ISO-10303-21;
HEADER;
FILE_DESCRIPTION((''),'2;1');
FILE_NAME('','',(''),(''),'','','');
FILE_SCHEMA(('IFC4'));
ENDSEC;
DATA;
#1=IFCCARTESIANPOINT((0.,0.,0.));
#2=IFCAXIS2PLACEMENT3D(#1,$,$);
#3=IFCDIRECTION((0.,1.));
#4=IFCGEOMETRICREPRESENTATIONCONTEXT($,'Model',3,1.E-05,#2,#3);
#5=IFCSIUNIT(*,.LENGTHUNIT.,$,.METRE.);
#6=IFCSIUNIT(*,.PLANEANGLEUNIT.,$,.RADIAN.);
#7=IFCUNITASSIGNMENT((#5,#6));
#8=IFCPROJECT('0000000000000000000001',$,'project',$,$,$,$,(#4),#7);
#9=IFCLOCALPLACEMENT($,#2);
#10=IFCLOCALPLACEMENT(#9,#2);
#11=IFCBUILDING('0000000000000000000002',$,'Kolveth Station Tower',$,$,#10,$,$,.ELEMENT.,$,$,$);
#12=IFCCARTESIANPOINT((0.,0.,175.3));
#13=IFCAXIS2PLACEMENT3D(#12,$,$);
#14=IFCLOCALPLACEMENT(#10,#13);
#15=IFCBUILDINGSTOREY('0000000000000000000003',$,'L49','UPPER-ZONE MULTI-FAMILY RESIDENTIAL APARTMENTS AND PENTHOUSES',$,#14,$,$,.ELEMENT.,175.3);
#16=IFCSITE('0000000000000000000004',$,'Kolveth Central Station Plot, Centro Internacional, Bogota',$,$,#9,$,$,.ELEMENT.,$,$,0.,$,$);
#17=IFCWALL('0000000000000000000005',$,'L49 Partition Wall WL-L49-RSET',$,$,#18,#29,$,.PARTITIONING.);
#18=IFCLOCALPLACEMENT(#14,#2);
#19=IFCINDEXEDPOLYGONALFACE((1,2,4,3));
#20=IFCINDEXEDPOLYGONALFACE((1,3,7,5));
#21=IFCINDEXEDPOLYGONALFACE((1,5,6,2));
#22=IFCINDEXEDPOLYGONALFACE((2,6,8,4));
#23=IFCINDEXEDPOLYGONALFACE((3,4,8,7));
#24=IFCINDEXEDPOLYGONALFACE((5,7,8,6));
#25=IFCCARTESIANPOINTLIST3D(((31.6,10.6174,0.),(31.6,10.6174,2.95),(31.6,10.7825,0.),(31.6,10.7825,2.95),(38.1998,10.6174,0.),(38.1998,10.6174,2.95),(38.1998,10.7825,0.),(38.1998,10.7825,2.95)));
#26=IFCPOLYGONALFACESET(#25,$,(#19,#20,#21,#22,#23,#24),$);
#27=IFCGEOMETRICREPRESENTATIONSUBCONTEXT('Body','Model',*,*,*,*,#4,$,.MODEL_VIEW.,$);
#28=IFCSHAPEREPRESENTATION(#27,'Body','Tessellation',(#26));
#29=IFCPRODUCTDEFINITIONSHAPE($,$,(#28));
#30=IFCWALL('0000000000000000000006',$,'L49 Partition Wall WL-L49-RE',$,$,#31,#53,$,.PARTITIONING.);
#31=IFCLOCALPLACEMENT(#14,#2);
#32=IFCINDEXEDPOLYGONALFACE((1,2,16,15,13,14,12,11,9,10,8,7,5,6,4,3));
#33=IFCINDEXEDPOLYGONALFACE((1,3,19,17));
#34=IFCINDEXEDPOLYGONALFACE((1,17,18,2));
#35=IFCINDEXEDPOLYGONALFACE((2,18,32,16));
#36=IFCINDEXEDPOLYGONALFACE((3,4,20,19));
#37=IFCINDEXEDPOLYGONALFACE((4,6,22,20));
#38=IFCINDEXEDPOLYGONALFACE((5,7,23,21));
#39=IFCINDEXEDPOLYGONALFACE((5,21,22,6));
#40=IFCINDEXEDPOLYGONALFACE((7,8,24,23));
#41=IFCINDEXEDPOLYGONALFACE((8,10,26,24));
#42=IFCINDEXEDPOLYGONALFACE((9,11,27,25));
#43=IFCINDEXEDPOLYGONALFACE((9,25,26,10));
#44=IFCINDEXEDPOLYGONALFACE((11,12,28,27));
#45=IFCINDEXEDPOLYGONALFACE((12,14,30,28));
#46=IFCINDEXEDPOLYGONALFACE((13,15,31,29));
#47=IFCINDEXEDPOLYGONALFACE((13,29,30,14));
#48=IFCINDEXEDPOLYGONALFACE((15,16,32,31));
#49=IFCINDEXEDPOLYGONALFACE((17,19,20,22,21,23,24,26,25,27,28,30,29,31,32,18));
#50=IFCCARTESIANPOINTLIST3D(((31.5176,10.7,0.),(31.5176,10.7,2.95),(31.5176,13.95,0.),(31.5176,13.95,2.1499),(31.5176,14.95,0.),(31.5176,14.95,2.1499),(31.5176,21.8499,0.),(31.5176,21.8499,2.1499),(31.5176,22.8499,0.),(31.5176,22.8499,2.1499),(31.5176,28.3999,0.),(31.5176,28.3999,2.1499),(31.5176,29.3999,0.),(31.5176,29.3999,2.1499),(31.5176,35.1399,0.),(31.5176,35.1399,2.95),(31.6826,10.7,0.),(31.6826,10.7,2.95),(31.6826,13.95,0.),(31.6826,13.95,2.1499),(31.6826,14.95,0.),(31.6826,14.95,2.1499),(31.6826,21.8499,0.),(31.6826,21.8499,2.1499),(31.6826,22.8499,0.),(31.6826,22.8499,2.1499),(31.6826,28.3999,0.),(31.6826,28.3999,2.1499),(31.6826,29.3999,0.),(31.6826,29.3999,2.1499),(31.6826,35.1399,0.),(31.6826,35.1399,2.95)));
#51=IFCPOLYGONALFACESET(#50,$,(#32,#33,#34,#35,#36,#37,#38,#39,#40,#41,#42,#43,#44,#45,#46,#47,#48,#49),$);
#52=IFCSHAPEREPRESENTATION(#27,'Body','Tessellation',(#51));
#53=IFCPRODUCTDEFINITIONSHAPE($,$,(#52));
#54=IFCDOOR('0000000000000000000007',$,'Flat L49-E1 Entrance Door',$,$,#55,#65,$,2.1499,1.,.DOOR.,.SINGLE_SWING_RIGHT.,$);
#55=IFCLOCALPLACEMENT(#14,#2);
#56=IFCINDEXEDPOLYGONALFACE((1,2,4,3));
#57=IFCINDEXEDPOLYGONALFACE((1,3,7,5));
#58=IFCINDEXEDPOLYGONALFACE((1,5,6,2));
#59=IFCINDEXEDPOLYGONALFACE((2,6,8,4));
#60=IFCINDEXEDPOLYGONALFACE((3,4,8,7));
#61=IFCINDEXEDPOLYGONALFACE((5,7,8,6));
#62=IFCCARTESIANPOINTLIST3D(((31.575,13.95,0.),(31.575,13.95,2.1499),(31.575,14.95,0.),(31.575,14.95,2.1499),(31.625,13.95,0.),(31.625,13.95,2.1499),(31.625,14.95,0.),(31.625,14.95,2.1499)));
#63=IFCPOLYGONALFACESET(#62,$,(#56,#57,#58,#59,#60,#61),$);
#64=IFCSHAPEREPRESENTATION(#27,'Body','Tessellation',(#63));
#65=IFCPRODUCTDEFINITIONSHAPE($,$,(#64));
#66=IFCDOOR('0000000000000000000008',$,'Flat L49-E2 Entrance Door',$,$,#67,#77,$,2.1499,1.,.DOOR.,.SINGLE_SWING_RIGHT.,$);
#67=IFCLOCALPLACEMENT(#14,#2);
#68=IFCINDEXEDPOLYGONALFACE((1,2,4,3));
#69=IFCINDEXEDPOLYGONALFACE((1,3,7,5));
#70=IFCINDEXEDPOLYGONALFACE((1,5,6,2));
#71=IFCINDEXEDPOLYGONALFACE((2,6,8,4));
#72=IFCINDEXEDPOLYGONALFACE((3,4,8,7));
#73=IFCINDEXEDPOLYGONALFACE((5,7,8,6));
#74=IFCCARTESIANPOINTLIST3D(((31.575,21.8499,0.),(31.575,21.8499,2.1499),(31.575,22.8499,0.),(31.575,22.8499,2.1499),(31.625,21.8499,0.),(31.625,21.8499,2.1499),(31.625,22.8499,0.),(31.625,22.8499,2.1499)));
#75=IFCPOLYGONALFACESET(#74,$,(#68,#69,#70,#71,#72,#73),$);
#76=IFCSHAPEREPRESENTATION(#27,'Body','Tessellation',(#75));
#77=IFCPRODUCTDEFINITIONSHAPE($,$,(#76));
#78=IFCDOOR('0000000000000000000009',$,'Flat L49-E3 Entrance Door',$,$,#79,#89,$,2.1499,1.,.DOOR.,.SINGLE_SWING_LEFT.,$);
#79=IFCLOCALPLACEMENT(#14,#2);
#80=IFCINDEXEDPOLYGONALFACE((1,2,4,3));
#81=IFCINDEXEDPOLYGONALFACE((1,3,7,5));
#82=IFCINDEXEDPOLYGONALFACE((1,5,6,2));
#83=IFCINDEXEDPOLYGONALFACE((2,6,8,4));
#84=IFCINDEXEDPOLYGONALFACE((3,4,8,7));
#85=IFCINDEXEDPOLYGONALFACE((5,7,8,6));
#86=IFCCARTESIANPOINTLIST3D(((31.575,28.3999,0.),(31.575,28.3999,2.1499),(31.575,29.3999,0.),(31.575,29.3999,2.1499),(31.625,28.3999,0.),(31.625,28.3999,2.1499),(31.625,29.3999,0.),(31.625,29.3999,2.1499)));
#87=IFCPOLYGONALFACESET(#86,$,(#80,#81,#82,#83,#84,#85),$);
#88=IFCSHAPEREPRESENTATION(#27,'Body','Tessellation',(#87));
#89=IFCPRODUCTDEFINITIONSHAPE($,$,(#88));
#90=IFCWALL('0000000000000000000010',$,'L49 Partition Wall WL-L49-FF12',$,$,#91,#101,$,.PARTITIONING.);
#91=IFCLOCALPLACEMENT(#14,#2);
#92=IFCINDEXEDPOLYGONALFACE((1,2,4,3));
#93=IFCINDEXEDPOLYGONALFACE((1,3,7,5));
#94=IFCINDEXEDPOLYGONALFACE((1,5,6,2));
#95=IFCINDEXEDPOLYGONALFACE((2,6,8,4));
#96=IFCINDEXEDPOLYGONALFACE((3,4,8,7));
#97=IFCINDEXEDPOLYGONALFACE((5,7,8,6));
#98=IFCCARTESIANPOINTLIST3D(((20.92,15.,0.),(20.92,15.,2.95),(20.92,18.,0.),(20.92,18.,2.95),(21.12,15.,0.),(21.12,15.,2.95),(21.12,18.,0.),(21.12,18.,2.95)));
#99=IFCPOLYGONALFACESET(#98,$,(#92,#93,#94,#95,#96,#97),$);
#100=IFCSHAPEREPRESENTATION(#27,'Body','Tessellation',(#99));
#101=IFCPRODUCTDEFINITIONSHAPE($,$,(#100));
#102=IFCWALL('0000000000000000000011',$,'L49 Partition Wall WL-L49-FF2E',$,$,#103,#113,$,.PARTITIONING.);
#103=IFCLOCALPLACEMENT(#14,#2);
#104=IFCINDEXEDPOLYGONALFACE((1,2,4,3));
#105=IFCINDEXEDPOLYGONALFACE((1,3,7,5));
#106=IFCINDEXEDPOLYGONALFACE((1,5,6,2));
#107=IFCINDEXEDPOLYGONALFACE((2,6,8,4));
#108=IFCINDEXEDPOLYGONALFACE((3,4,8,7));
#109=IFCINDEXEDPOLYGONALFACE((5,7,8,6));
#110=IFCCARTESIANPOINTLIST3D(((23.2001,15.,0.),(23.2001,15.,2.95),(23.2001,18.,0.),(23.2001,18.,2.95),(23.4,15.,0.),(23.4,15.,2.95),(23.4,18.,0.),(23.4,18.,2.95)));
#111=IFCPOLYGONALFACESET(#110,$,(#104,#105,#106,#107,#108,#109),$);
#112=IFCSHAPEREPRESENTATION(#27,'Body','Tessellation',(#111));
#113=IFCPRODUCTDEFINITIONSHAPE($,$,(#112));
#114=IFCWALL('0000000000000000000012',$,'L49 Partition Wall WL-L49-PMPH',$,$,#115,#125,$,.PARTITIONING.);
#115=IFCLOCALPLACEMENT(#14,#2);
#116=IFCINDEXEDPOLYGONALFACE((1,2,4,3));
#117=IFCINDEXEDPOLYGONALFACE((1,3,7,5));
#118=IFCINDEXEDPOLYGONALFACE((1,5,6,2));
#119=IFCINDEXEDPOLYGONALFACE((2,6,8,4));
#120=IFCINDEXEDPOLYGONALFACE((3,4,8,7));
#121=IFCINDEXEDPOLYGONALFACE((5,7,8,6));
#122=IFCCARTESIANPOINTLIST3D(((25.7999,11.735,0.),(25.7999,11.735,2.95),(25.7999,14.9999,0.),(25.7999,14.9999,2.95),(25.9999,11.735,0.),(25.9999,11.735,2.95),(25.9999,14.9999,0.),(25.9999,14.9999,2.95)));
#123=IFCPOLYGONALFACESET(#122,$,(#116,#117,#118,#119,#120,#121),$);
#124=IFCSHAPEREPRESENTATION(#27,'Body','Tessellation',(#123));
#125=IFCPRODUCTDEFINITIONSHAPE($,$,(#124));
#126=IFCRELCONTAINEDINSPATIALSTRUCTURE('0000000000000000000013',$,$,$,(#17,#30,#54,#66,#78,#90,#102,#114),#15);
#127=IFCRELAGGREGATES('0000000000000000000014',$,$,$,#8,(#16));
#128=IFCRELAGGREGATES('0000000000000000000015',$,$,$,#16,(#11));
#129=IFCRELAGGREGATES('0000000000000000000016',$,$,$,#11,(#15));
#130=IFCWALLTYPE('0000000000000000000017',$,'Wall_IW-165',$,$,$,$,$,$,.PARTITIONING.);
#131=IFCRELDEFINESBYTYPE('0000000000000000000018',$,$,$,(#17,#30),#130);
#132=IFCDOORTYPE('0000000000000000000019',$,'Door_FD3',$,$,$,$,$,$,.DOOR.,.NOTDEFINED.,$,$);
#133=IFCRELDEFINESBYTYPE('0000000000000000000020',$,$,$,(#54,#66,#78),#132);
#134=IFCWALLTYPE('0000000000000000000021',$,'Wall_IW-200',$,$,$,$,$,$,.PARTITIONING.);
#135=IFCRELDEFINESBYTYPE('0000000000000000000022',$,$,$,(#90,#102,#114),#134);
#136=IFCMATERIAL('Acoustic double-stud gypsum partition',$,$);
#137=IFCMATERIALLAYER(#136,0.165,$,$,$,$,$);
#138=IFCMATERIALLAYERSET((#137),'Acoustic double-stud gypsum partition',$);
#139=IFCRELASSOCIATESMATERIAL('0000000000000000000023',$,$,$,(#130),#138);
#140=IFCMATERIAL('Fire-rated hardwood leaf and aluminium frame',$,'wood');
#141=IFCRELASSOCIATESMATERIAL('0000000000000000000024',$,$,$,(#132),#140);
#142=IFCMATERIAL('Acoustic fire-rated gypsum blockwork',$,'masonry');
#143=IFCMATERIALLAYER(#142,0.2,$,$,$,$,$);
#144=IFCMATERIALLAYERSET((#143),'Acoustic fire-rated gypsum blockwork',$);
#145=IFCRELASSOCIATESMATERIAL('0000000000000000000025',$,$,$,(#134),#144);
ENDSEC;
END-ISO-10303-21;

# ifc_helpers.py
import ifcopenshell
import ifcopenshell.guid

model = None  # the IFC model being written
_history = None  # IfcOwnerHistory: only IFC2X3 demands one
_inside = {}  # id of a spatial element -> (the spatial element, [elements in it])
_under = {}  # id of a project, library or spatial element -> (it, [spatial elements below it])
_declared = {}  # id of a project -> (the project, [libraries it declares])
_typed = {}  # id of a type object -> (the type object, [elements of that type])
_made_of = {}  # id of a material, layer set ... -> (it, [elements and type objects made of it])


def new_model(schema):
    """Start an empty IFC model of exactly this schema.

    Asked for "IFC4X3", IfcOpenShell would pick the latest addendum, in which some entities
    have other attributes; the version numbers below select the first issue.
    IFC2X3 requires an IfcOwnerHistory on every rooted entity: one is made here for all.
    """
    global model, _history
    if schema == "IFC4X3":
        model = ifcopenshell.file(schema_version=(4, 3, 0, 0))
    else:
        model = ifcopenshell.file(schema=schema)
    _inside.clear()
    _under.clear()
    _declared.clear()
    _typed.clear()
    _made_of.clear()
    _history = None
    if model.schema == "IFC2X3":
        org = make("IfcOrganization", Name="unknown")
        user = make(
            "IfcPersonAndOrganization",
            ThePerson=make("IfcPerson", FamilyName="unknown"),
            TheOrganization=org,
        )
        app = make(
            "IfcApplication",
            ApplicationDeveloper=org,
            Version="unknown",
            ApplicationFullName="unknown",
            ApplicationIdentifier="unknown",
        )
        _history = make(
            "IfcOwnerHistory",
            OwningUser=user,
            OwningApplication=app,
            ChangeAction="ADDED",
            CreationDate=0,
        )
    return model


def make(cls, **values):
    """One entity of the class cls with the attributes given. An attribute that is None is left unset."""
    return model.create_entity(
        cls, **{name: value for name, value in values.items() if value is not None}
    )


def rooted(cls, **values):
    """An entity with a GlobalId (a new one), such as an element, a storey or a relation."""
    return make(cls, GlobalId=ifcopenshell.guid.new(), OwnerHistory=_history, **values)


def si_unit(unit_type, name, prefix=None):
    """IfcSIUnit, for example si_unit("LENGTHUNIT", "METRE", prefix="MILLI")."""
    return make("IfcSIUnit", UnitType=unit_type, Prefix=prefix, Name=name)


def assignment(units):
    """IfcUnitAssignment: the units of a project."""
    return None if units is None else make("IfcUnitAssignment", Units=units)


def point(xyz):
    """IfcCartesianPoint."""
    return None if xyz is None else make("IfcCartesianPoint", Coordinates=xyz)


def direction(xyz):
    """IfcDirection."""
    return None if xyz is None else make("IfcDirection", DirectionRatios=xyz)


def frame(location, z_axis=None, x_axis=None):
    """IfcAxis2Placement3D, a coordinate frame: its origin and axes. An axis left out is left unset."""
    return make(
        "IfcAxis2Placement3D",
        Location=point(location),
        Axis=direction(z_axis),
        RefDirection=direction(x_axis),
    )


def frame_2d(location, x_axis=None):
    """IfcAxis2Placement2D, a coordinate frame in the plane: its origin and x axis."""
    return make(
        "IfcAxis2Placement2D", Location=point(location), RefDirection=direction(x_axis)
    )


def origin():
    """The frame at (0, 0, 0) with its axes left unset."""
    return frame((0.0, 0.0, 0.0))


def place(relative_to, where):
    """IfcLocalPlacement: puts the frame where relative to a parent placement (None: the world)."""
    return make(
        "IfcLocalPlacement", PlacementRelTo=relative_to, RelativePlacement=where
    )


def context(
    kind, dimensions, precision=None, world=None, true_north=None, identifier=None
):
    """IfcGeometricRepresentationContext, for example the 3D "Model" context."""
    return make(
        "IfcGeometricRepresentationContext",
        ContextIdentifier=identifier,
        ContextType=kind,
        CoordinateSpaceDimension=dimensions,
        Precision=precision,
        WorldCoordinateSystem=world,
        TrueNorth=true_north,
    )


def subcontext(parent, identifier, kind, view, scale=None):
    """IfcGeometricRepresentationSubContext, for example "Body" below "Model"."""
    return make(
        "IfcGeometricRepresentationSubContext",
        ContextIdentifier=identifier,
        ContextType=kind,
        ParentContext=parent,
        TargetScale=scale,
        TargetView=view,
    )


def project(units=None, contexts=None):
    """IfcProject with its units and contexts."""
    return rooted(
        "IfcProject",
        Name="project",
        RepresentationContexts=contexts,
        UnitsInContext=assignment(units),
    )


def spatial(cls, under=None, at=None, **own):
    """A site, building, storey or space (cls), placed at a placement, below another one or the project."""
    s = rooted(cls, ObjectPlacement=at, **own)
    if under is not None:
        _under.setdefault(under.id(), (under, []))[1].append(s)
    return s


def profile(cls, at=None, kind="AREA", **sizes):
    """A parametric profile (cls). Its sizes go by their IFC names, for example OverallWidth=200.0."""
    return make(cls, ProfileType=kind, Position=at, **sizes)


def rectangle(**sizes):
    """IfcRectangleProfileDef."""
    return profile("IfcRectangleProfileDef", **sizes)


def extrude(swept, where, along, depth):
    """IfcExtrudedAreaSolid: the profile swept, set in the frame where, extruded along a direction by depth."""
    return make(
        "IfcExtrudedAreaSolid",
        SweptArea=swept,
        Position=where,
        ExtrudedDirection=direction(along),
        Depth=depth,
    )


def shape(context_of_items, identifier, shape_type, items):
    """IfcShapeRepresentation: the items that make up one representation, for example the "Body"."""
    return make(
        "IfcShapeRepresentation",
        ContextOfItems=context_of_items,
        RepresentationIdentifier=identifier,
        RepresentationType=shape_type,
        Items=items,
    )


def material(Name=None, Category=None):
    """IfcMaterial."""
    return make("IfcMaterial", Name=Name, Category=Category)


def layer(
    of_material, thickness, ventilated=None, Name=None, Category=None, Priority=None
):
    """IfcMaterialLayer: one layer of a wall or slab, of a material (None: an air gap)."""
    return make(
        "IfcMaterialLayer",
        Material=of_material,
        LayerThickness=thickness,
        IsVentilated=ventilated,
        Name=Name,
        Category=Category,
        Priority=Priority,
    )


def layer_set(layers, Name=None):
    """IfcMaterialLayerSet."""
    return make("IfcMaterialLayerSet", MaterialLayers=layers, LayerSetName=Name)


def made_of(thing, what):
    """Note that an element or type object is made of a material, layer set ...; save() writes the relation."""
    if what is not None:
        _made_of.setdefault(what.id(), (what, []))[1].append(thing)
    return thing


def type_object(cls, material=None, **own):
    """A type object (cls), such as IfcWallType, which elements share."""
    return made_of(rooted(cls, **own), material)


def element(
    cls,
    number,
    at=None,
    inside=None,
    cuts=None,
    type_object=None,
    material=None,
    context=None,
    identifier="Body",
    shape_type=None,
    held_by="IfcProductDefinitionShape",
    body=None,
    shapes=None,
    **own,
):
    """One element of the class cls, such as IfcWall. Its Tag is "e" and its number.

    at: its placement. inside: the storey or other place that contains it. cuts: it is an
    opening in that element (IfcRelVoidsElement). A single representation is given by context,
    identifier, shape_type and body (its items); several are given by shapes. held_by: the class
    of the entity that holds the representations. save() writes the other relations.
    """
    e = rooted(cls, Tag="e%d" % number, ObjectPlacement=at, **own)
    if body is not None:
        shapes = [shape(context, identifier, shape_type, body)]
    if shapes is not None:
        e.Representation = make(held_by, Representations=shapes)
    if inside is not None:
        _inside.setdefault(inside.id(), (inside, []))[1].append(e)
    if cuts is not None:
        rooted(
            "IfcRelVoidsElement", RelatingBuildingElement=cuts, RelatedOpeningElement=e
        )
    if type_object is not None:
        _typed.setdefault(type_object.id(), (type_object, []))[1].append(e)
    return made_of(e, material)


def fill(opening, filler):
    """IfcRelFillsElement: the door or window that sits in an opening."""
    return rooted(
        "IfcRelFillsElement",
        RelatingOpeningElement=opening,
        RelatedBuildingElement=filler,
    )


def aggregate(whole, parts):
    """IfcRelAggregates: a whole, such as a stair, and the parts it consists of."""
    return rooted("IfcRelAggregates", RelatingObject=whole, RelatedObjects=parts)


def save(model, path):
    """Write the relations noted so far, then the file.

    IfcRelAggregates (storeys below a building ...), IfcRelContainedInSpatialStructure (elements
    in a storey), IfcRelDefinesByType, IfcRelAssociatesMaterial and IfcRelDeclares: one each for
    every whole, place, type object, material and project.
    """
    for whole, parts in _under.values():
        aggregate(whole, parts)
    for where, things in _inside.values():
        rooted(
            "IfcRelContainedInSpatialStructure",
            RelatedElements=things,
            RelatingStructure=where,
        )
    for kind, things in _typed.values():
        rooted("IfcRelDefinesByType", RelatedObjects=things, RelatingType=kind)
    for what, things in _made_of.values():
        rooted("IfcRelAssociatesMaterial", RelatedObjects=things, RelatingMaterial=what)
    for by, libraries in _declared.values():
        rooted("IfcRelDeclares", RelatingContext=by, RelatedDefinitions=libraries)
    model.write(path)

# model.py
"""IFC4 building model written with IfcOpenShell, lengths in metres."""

from ifc_helpers import new_model, si_unit, direction, frame, frame_2d, origin, place, context, subcontext, project, spatial, rectangle, extrude, material, layer, layer_set, type_object, element, fill, save


model = new_model("IFC4")

# Units and contexts
model_context = context("Model", 3, precision=1e-05, world=origin(), true_north=direction((0.0, 1.0)))
body_context = subcontext(model_context, "Body", "Model", "MODEL_VIEW")
ifc_project = project(units=[si_unit("LENGTHUNIT", "METRE"), si_unit("PLANEANGLEUNIT", "RADIAN")], contexts=[model_context])

# Site, building, storey
site_placement = place(None, origin())
site = spatial("IfcSite", under=ifc_project, at=site_placement, Name="Kolveth Central Station Plot, Centro Internacional, Bogota", CompositionType="ELEMENT", RefElevation=0.0)
building_placement = place(site_placement, origin())
building = spatial("IfcBuilding", under=site, at=building_placement, Name="Kolveth Station Tower", CompositionType="ELEMENT")
storey_placement = place(building_placement, frame((0.0, 0.0, 175.3)))
storey = spatial("IfcBuildingStorey", under=building, at=storey_placement, Name="L49", Description="UPPER-ZONE MULTI-FAMILY RESIDENTIAL APARTMENTS AND PENTHOUSES", CompositionType="ELEMENT", Elevation=175.3)

# Wall
ifc_material_1 = material(Name="Acoustic double-stud gypsum partition")
ifc_layer_1 = layer(ifc_material_1, 0.165)
ifc_layer_set_1 = layer_set([ifc_layer_1], Name="Acoustic double-stud gypsum partition")
wall_type_1 = type_object("IfcWallType", Name="Wall_IW-165", PredefinedType="PARTITIONING", material=ifc_layer_set_1)
wall_1_placement = place(storey_placement, frame((31.6001, 10.7, 0.0), z_axis=(0.0, 0.0, 1.0), x_axis=(1.0, 0.0, 0.0)))
element("IfcWall", 1, at=wall_1_placement, inside=storey, type_object=wall_type_1, Name="L49 Partition Wall WL-L49-RSET", PredefinedType="PARTITIONING", context=body_context, shape_type="SweptSolid", body=[
    extrude(rectangle(XDim=6.5999, YDim=0.165, at=frame_2d((3.2998, 0.0))), origin(), (0.0, 0.0, 1.0), 2.95),
])

# Wall, openings, doors
wall_2_placement = place(storey_placement, frame((31.6001, 10.7, 0.0), z_axis=(0.0, 0.0, 1.0), x_axis=(0.0, 1.0, 0.0)))
wall_2 = element("IfcWall", 2, at=wall_2_placement, inside=storey, type_object=wall_type_1, Name="L49 Partition Wall WL-L49-RE", PredefinedType="PARTITIONING", context=body_context, shape_type="SweptSolid", body=[
    extrude(rectangle(XDim=24.4399, YDim=0.165, at=frame_2d((12.22, 0.0))), origin(), (0.0, 0.0, 1.0), 2.95),
])
opening_1_placement = place(wall_2_placement, frame((3.25, 0.0, 0.0)))
opening_1 = element("IfcOpeningElement", 3, at=opening_1_placement, cuts=wall_2, PredefinedType="OPENING", context=body_context, shape_type="SweptSolid", body=[
    extrude(rectangle(XDim=1.0, YDim=2.1499, at=frame_2d((0.5, 1.075))), frame((0.0, 0.0925, 0.0), z_axis=(0.0, -1.0, 0.0), x_axis=(1.0, 0.0, 0.0)), (0.0, 0.0, 1.0), 0.1851),
])
opening_2_placement = place(wall_2_placement, frame((11.1499, 0.0, 0.0)))
opening_2 = element("IfcOpeningElement", 4, at=opening_2_placement, cuts=wall_2, PredefinedType="OPENING", context=body_context, shape_type="SweptSolid", body=[
    extrude(rectangle(XDim=1.0, YDim=2.1499, at=frame_2d((0.5, 1.075))), frame((0.0, 0.0925, 0.0), z_axis=(0.0, -1.0, 0.0), x_axis=(1.0, 0.0, 0.0)), (0.0, 0.0, 1.0), 0.1851),
])
opening_3_placement = place(wall_2_placement, frame((17.7, 0.0, 0.0)))
opening_3 = element("IfcOpeningElement", 5, at=opening_3_placement, cuts=wall_2, PredefinedType="OPENING", context=body_context, shape_type="SweptSolid", body=[
    extrude(rectangle(XDim=1.0, YDim=2.1499, at=frame_2d((0.5, 1.075))), frame((0.0, 0.0925, 0.0), z_axis=(0.0, -1.0, 0.0), x_axis=(1.0, 0.0, 0.0)), (0.0, 0.0, 1.0), 0.1851),
])
ifc_material_2 = material(Name="Fire-rated hardwood leaf and aluminium frame", Category="wood")
door_type_1 = type_object("IfcDoorType", Name="Door_FD3", OperationType="NOTDEFINED", PredefinedType="DOOR", material=ifc_material_2)
door_1_placement = place(opening_1_placement, frame((1.0, 0.0, 0.0), z_axis=(0.0, 0.0, 1.0), x_axis=(-1.0, 0.0, 0.0)))
door_1 = element("IfcDoor", 6, at=door_1_placement, inside=storey, type_object=door_type_1, Name="Flat L49-E1 Entrance Door", OperationType="SINGLE_SWING_RIGHT", OverallHeight=2.1499, OverallWidth=1.0, PredefinedType="DOOR", context=body_context, shape_type="SweptSolid", body=[
    extrude(rectangle(XDim=1.0, YDim=2.1499, at=frame_2d((0.5, 1.075))), frame((0.0, 0.0249, 0.0), z_axis=(0.0, -1.0, 0.0), x_axis=(1.0, 0.0, 0.0)), (0.0, 0.0, 1.0), 0.05),
])
fill(opening_1, door_1)
door_2_placement = place(opening_2_placement, frame((1.0, 0.0, 0.0), z_axis=(0.0, 0.0, 1.0), x_axis=(-1.0, 0.0, 0.0)))
door_2 = element("IfcDoor", 7, at=door_2_placement, inside=storey, type_object=door_type_1, Name="Flat L49-E2 Entrance Door", OperationType="SINGLE_SWING_RIGHT", OverallHeight=2.1499, OverallWidth=1.0, PredefinedType="DOOR", context=body_context, shape_type="SweptSolid", body=[
    extrude(rectangle(XDim=1.0, YDim=2.1499, at=frame_2d((0.5, 1.075))), frame((0.0, 0.0249, 0.0), z_axis=(0.0, -1.0, 0.0), x_axis=(1.0, 0.0, 0.0)), (0.0, 0.0, 1.0), 0.05),
])
fill(opening_2, door_2)
door_3_placement = place(opening_3_placement, frame((1.0, 0.0, 0.0), z_axis=(0.0, 0.0, 1.0), x_axis=(-1.0, 0.0, 0.0)))
door_3 = element("IfcDoor", 8, at=door_3_placement, inside=storey, type_object=door_type_1, Name="Flat L49-E3 Entrance Door", OperationType="SINGLE_SWING_LEFT", OverallHeight=2.1499, OverallWidth=1.0, PredefinedType="DOOR", context=body_context, shape_type="SweptSolid", body=[
    extrude(rectangle(XDim=1.0, YDim=2.1499, at=frame_2d((0.5, 1.075))), frame((0.0, 0.0249, 0.0), z_axis=(0.0, -1.0, 0.0), x_axis=(1.0, 0.0, 0.0)), (0.0, 0.0, 1.0), 0.05),
])
fill(opening_3, door_3)

# Walls
ifc_material_3 = material(Name="Acoustic fire-rated gypsum blockwork", Category="masonry")
ifc_layer_2 = layer(ifc_material_3, 0.2)
ifc_layer_set_2 = layer_set([ifc_layer_2], Name="Acoustic fire-rated gypsum blockwork")
wall_type_2 = type_object("IfcWallType", Name="Wall_IW-200", PredefinedType="PARTITIONING", material=ifc_layer_set_2)
for number, where, z_axis, x_axis, name in (
    (9, (21.02, 15.0, 0.0), (0.0, 0.0, 1.0), (0.0, 1.0, 0.0), "L49 Partition Wall WL-L49-FF12"),
    (10, (23.3, 15.0, 0.0), (0.0, 0.0, 1.0), (0.0, 1.0, 0.0), "L49 Partition Wall WL-L49-FF2E"),
):
    element("IfcWall", number, at=place(storey_placement, frame(where, z_axis=z_axis, x_axis=x_axis)), inside=storey, type_object=wall_type_2, Name=name, PredefinedType="PARTITIONING", context=body_context, shape_type="SweptSolid", body=[
        extrude(rectangle(XDim=3.0, YDim=0.2, at=frame_2d((1.5, 0.0))), origin(), (0.0, 0.0, 1.0), 2.95),
    ])
wall_3_placement = place(storey_placement, frame((25.8999, 11.7351, 0.0), z_axis=(0.0, 0.0, 1.0), x_axis=(0.0, 1.0, 0.0)))
element("IfcWall", 11, at=wall_3_placement, inside=storey, type_object=wall_type_2, Name="L49 Partition Wall WL-L49-PMPH", PredefinedType="PARTITIONING", context=body_context, shape_type="SweptSolid", body=[
    extrude(rectangle(XDim=3.2649, YDim=0.2, at=frame_2d((1.6323, 0.0))), origin(), (0.0, 0.0, 1.0), 2.95),
])

save(model, "model.ifc")
